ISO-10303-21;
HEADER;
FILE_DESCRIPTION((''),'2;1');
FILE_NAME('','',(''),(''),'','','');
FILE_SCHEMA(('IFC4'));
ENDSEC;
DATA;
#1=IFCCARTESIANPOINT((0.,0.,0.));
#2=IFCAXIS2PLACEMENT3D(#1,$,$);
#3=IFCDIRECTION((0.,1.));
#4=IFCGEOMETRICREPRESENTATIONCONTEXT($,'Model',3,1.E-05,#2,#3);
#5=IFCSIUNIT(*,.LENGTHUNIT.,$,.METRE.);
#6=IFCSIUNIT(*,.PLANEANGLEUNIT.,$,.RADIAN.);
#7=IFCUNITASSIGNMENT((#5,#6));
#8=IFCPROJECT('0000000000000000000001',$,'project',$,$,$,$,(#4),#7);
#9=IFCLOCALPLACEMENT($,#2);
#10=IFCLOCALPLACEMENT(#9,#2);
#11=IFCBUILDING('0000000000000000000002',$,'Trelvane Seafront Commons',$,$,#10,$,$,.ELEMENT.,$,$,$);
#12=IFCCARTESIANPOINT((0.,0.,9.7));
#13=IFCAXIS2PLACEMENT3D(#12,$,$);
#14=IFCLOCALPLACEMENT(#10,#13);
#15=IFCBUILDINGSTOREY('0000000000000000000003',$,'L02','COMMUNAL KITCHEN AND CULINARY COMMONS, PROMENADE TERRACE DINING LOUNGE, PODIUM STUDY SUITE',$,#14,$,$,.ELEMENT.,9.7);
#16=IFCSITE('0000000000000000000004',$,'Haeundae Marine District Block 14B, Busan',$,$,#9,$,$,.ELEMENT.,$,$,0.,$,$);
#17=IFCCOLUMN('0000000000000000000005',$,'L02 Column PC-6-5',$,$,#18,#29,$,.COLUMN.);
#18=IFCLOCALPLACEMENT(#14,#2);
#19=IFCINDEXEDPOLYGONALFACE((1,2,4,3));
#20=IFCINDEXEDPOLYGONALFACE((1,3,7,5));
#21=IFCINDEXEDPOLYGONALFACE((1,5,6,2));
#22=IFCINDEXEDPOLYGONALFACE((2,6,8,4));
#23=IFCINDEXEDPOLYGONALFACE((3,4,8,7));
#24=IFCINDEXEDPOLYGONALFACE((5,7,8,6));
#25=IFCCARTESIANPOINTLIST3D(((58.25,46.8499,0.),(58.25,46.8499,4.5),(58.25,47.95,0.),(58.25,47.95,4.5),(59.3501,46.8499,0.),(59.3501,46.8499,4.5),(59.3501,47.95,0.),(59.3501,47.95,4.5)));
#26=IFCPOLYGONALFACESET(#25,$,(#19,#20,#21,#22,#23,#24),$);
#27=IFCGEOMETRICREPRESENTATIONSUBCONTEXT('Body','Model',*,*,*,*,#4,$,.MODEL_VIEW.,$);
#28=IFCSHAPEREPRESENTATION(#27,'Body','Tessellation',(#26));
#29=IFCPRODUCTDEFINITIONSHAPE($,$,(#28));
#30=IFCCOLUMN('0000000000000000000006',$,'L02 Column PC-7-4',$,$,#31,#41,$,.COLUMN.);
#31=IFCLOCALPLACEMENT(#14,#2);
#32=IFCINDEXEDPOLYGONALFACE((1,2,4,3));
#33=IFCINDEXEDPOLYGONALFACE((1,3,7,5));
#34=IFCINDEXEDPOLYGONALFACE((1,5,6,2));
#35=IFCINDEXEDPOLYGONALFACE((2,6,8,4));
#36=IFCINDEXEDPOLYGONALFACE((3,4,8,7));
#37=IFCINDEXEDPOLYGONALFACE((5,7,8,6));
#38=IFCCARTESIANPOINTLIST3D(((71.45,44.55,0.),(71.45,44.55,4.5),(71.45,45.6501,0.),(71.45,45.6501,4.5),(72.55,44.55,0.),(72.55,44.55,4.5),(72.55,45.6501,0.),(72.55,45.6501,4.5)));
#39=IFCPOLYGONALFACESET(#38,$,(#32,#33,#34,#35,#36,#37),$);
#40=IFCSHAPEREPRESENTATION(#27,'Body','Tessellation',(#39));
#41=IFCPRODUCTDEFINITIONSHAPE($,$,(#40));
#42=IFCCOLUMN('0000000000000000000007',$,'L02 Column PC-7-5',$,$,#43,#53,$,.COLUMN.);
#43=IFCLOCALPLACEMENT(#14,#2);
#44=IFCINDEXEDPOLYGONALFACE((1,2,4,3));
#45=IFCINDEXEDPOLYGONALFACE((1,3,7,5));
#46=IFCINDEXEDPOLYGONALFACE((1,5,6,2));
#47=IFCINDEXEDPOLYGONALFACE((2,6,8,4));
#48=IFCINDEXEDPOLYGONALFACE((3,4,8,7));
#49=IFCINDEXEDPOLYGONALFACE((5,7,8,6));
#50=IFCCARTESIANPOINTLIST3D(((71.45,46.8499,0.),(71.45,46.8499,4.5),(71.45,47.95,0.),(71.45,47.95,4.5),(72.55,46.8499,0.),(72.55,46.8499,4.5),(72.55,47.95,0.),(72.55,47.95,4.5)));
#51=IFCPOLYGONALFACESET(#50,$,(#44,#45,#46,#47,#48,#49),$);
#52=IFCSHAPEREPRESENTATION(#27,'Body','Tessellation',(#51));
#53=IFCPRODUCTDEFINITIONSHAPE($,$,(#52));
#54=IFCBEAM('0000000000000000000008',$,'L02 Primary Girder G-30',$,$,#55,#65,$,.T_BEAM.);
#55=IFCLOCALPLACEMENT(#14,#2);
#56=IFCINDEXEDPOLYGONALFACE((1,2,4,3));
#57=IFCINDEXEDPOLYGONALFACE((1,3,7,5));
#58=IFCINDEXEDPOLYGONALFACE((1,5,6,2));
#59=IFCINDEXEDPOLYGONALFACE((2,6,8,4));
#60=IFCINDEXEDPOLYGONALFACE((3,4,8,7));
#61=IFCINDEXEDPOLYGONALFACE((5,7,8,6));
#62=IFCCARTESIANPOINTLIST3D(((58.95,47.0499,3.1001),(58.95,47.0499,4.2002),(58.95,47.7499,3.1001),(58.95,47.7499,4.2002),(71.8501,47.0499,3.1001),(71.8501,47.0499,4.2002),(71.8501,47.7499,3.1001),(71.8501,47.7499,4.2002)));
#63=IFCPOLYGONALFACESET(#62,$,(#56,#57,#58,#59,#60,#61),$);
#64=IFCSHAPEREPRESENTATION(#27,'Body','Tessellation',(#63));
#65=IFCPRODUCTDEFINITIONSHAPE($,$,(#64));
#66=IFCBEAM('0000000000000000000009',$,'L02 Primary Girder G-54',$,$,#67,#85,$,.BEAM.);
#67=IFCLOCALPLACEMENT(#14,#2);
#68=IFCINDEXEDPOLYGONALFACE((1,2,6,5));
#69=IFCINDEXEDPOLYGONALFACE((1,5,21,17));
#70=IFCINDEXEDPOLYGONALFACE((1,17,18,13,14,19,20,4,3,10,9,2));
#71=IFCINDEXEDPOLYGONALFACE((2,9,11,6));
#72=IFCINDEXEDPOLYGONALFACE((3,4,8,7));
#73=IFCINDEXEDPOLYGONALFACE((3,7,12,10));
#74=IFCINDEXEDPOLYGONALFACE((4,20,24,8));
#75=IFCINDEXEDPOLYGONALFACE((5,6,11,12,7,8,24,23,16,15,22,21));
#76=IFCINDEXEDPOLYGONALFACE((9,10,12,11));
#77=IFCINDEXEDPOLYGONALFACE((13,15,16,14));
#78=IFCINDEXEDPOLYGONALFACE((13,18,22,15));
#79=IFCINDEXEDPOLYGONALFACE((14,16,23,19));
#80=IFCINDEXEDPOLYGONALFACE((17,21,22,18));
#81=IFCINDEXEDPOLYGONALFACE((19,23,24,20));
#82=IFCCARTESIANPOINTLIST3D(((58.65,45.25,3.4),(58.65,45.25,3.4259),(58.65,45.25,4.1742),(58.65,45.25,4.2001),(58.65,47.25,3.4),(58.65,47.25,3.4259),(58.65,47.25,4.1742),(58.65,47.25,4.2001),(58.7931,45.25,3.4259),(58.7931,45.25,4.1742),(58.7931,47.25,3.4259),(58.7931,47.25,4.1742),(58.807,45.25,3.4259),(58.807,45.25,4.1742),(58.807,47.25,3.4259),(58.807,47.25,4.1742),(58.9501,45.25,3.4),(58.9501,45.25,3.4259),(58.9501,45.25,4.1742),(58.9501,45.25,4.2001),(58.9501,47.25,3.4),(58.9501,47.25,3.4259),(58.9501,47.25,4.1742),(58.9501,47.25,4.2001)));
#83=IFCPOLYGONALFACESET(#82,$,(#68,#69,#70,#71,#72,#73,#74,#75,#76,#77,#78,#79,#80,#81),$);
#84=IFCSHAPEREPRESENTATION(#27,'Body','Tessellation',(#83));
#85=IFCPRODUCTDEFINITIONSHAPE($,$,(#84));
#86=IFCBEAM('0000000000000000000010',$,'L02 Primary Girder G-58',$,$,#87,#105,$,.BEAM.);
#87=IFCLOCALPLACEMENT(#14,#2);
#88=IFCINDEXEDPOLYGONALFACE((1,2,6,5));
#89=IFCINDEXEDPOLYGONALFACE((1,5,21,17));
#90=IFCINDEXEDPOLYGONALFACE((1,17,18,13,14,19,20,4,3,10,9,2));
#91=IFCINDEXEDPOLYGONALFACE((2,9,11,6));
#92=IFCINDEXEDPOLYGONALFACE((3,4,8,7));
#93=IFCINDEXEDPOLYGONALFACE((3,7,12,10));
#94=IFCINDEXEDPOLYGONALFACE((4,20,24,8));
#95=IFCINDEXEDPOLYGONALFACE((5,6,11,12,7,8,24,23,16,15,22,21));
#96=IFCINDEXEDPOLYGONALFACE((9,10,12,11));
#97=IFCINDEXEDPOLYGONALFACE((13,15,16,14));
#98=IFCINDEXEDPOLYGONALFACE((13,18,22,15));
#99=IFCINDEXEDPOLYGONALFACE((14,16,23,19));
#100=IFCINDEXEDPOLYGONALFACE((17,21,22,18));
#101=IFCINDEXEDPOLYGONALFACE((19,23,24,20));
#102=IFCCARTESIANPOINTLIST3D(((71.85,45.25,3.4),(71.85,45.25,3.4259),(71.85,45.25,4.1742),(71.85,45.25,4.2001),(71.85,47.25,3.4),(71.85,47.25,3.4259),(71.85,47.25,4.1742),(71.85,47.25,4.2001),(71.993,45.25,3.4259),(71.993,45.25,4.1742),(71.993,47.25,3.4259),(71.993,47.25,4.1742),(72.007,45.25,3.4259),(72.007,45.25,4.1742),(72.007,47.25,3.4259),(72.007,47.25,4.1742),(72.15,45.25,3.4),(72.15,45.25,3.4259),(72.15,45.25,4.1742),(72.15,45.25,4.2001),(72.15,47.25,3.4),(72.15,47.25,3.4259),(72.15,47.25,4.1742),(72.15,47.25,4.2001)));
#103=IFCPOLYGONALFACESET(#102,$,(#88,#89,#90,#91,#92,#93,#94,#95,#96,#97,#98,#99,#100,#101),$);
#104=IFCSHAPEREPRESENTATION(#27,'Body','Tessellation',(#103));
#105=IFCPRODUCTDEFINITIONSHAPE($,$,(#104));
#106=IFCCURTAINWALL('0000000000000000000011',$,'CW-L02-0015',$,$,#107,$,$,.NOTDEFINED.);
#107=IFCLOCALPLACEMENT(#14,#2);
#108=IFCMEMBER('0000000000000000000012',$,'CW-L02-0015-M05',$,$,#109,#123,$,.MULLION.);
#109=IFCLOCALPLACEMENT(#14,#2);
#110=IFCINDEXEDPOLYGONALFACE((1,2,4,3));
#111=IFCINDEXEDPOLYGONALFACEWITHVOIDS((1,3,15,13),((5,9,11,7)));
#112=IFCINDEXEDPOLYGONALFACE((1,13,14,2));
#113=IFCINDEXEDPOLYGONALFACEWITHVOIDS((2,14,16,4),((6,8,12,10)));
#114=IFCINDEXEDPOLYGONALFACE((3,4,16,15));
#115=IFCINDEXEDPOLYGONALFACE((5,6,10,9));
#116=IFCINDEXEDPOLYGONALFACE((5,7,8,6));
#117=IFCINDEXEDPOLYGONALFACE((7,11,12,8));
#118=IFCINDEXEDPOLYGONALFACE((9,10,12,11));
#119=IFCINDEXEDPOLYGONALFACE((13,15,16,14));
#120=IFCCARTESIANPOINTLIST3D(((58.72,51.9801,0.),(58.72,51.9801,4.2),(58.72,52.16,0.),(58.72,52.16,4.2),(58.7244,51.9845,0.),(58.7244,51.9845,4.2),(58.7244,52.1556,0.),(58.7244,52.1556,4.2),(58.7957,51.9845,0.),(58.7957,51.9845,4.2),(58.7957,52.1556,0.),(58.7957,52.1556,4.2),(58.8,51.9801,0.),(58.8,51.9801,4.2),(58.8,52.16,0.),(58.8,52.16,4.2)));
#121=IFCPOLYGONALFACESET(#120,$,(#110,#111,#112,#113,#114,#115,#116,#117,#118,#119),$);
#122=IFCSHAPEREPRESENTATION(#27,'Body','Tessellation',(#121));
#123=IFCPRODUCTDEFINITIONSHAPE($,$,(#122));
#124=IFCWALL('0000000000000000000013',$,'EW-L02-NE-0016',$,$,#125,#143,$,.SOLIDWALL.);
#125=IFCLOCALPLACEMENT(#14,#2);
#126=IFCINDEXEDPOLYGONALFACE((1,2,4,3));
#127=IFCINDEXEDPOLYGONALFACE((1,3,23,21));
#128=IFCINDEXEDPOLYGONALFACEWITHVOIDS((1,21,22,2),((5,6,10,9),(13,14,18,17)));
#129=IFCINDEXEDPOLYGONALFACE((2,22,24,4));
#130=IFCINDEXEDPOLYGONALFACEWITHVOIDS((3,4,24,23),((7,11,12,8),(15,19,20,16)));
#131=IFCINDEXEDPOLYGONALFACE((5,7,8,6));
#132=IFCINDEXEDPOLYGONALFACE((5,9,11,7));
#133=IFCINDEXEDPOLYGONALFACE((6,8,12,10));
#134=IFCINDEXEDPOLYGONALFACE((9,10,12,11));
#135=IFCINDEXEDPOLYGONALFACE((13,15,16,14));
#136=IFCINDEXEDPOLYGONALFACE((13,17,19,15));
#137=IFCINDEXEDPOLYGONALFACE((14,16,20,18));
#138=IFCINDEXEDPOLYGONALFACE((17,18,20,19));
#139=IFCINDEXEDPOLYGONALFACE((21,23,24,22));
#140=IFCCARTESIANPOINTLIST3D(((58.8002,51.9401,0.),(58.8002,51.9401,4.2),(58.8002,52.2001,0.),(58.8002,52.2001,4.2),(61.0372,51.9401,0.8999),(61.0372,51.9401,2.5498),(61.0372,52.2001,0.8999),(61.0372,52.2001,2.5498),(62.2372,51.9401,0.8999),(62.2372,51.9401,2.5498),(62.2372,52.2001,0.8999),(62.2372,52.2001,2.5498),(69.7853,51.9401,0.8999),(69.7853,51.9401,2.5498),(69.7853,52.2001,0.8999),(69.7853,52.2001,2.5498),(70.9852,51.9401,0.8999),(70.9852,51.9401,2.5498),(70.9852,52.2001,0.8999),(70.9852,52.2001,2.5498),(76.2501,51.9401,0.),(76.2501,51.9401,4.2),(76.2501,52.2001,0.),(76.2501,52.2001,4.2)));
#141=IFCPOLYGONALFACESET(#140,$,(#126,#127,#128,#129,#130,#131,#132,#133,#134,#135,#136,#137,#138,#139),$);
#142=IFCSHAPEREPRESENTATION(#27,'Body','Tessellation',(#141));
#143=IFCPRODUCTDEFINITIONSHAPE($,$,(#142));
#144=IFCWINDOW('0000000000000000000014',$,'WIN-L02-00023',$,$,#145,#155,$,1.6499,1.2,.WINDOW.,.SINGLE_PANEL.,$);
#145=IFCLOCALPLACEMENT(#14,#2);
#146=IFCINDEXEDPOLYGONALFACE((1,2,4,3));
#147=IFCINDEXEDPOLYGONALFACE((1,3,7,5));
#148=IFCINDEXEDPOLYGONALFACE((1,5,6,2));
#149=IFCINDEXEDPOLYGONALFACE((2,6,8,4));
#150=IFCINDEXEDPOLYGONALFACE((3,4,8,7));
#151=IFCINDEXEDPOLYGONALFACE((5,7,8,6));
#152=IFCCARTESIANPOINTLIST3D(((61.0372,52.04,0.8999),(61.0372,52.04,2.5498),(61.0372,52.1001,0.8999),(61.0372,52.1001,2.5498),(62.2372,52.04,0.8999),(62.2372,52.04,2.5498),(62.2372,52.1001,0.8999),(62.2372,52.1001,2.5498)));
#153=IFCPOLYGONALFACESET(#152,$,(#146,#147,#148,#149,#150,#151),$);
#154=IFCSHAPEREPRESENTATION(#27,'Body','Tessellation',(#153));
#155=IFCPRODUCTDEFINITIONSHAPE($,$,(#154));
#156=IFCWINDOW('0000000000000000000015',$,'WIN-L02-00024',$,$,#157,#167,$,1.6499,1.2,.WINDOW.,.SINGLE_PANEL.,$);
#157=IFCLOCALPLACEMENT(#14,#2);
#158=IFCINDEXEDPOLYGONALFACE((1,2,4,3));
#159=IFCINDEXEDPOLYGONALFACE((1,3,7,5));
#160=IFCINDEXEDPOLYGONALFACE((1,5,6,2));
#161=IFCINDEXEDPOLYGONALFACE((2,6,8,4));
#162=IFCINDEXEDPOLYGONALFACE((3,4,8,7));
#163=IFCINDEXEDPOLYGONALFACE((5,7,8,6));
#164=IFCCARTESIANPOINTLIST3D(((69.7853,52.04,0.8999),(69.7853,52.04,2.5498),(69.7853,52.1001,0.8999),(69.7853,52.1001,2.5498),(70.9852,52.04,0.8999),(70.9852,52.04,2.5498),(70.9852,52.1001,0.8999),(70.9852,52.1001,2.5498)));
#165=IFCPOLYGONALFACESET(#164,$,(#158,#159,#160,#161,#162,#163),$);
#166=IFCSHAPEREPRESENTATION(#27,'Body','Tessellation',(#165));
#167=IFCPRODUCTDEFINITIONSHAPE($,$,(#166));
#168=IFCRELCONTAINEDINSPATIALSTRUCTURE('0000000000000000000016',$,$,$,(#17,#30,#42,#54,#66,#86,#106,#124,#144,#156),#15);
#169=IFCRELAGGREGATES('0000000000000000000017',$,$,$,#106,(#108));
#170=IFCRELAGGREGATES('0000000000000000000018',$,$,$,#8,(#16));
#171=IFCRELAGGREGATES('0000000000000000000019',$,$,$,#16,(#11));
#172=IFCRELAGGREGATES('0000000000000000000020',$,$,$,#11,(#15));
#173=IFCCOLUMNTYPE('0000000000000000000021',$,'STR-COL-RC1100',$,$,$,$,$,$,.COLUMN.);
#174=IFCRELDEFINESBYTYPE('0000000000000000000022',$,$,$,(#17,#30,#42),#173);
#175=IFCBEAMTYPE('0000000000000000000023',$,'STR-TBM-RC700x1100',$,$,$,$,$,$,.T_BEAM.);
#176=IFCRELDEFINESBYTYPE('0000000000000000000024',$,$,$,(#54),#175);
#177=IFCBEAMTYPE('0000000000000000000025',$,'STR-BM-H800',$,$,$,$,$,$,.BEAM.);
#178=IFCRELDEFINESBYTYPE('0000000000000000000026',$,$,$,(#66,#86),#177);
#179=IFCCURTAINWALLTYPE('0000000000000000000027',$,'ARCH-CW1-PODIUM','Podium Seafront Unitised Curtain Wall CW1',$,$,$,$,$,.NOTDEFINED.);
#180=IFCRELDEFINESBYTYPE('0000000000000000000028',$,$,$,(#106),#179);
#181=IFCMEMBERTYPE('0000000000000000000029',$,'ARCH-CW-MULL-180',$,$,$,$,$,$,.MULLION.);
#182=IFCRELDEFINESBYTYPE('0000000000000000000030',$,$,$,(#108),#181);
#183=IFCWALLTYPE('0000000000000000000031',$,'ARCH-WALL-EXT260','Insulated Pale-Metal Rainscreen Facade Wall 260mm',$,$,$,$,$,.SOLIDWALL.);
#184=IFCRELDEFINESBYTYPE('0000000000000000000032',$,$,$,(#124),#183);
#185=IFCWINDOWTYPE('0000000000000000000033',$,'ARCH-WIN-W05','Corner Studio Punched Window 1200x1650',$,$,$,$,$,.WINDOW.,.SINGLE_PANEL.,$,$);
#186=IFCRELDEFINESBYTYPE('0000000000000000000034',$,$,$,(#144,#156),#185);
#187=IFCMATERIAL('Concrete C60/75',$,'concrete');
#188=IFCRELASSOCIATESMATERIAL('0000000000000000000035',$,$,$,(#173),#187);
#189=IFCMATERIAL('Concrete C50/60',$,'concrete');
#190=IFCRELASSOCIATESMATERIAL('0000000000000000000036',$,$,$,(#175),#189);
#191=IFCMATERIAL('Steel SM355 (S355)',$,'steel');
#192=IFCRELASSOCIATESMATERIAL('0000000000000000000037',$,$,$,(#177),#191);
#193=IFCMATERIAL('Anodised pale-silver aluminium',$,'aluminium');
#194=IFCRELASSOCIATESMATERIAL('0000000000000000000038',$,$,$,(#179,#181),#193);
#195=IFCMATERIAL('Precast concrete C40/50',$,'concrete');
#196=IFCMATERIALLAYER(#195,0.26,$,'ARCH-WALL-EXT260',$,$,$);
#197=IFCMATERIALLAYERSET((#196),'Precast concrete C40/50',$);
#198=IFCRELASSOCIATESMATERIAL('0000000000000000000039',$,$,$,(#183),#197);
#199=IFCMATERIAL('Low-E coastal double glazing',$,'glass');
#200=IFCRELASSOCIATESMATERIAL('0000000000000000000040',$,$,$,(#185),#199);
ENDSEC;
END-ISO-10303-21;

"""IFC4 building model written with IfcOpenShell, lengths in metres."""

from ifc_helpers import new_model, si_unit, direction, frame, frame_2d, origin, origin_2d, place, context, subcontext, project, spatial, rectangle, hollow_rectangle, i_section, extrude, source, transform, mapped, material, layer, layer_set, material_profile, profile_set, type_object, element, fill, aggregate, save


model = new_model("IFC4")

# Units and contexts
model_context = context("Model", 3, precision=1e-05, world=origin(), true_north=direction((0.0, 1.0)))
body_context = subcontext(model_context, "Body", "Model", "MODEL_VIEW")
ifc_project = project(units=[si_unit("LENGTHUNIT", "METRE"), si_unit("PLANEANGLEUNIT", "RADIAN")], contexts=[model_context])

# Site, building, storey
site_placement = place(None, origin())
site = spatial("IfcSite", under=ifc_project, at=site_placement, Name="Haeundae Marine District Block 14B, Busan", CompositionType="ELEMENT", RefElevation=0.0)
building_placement = place(site_placement, origin())
building = spatial("IfcBuilding", under=site, at=building_placement, Name="Trelvane Seafront Commons", CompositionType="ELEMENT")
storey_placement = place(building_placement, frame((0.0, 0.0, 9.7)))
storey = spatial("IfcBuildingStorey", under=building, at=storey_placement, Name="L02", Description="COMMUNAL KITCHEN AND CULINARY COMMONS, PROMENADE TERRACE DINING LOUNGE, PODIUM STUDY SUITE", CompositionType="ELEMENT", Elevation=9.7)

# Columns
ifc_material_1 = material(Name="Concrete C60/75", Category="concrete")
ifc_material_profile_1 = material_profile(ifc_material_1, rectangle(XDim=1.1001, YDim=1.1001, at=origin_2d()), Name="RC-1100x1100")
ifc_profile_set_1 = profile_set([ifc_material_profile_1], Name="Concrete C60/75")
column_type = type_object("IfcColumnType", Name="STR-COL-RC1100", PredefinedType="COLUMN", material=ifc_profile_set_1)
shared_shape_1 = source(origin(), body_context, "Body", "SweptSolid", [
    extrude(rectangle(XDim=1.1001, YDim=1.1001, at=origin_2d()), origin(), (0.0, 0.0, 1.0), 4.5),
])
for number, where, z_axis, x_axis, name in (
    (1, (58.8, 47.3999, 0.0), (0.0, 0.0, 1.0), (1.0, 0.0, 0.0), "L02 Column PC-6-5"),
    (2, (72.0, 45.1001, 0.0), (0.0, 0.0, 1.0), (1.0, 0.0, 0.0), "L02 Column PC-7-4"),
    (3, (72.0, 47.3999, 0.0), (0.0, 0.0, 1.0), (1.0, 0.0, 0.0), "L02 Column PC-7-5"),
):
    element("IfcColumn", number, at=place(storey_placement, frame(where, z_axis=z_axis, x_axis=x_axis)), inside=storey, type_object=column_type, Name=name, PredefinedType="COLUMN", context=body_context, shape_type="MappedRepresentation", body=[
        mapped(shared_shape_1, transform((0.0, 0.0, 0.0), x_axis=(1.0, 0.0, 0.0), y_axis=(0.0, 1.0, 0.0), z_axis=(0.0, 0.0, 1.0), scale=1.0)),
    ])

# Beams
ifc_material_2 = material(Name="Concrete C50/60", Category="concrete")
ifc_material_profile_2 = material_profile(ifc_material_2, rectangle(XDim=0.7, YDim=1.1001, at=origin_2d()), Name="RC-700x1100")
ifc_profile_set_2 = profile_set([ifc_material_profile_2], Name="Concrete C50/60")
beam_type_1 = type_object("IfcBeamType", Name="STR-TBM-RC700x1100", PredefinedType="T_BEAM", material=ifc_profile_set_2)
shared_shape_2 = source(origin(), body_context, "Body", "SweptSolid", [
    extrude(rectangle(XDim=0.7, YDim=1.1001, at=origin_2d()), origin(), (0.0, 0.0, 1.0), 12.9001),
])
beam_placement = place(storey_placement, frame((58.95, 47.3999, 3.6501), z_axis=(1.0, 0.0, 0.0), x_axis=(0.0, 1.0, 0.0)))
element("IfcBeam", 4, at=beam_placement, inside=storey, type_object=beam_type_1, Name="L02 Primary Girder G-30", PredefinedType="T_BEAM", context=body_context, shape_type="MappedRepresentation", body=[
    mapped(shared_shape_2, transform((0.0, 0.0, 0.0), x_axis=(1.0, 0.0, 0.0), y_axis=(0.0, 1.0, 0.0), z_axis=(0.0, 0.0, 1.0), scale=1.0)),
])
ifc_material_3 = material(Name="Steel SM355 (S355)", Category="steel")
ifc_material_profile_3 = material_profile(ifc_material_3, i_section(OverallWidth=0.3, OverallDepth=0.8, WebThickness=0.0139, FlangeThickness=0.0259, at=origin_2d()), Name="H-800x300x14x26")
ifc_profile_set_3 = profile_set([ifc_material_profile_3], Name="Steel SM355 (S355)")
beam_type_2 = type_object("IfcBeamType", Name="STR-BM-H800", PredefinedType="BEAM", material=ifc_profile_set_3)
shared_shape_3 = source(origin(), body_context, "Body", "SweptSolid", [
    extrude(i_section(OverallWidth=0.3, OverallDepth=0.8, WebThickness=0.0139, FlangeThickness=0.0259, at=origin_2d()), origin(), (0.0, 0.0, 1.0), 2.0),
])
for number, where, z_axis, x_axis, name in (
    (5, (58.8, 45.25, 3.8), (0.0, 1.0, 0.0), (-1.0, 0.0, 0.0), "L02 Primary Girder G-54"),
    (6, (72.0, 45.25, 3.8), (0.0, 1.0, 0.0), (-1.0, 0.0, 0.0), "L02 Primary Girder G-58"),
):
    element("IfcBeam", number, at=place(storey_placement, frame(where, z_axis=z_axis, x_axis=x_axis)), inside=storey, type_object=beam_type_2, Name=name, PredefinedType="BEAM", context=body_context, shape_type="MappedRepresentation", body=[
        mapped(shared_shape_3, transform((0.0, 0.0, 0.0), x_axis=(1.0, 0.0, 0.0), y_axis=(0.0, 1.0, 0.0), z_axis=(0.0, 0.0, 1.0), scale=1.0)),
    ])

# Curtain wall, member
ifc_material_4 = material(Name="Anodised pale-silver aluminium", Category="aluminium")
curtain_wall_type = type_object("IfcCurtainWallType", Name="ARCH-CW1-PODIUM", Description="Podium Seafront Unitised Curtain Wall CW1", PredefinedType="NOTDEFINED", material=ifc_material_4)
curtain_wall_placement = place(storey_placement, origin())
curtain_wall = element("IfcCurtainWall", 7, at=curtain_wall_placement, inside=storey, type_object=curtain_wall_type, Name="CW-L02-0015", PredefinedType="NOTDEFINED")
ifc_material_profile_4 = material_profile(ifc_material_4, hollow_rectangle(XDim=0.0801, YDim=0.1799, WallThickness=0.0044, at=origin_2d()), Name="MULL-80x180x4.5")
ifc_profile_set_4 = profile_set([ifc_material_profile_4], Name="Anodised pale-silver aluminium")
member_type = type_object("IfcMemberType", Name="ARCH-CW-MULL-180", PredefinedType="MULLION", material=ifc_profile_set_4)
shared_shape_4 = source(origin(), body_context, "Body", "SweptSolid", [
    extrude(hollow_rectangle(XDim=0.0801, YDim=0.1799, WallThickness=0.0044, at=origin_2d()), origin(), (0.0, 0.0, 1.0), 4.2),
])
member_placement = place(storey_placement, frame((58.76, 52.0701, 0.0), z_axis=(0.0, 0.0, 1.0), x_axis=(1.0, 0.0, 0.0)))
member = element("IfcMember", 8, at=member_placement, type_object=member_type, Name="CW-L02-0015-M05", PredefinedType="MULLION", context=body_context, shape_type="MappedRepresentation", body=[
    mapped(shared_shape_4, transform((0.0, 0.0, 0.0), x_axis=(1.0, 0.0, 0.0), y_axis=(0.0, 1.0, 0.0), z_axis=(0.0, 0.0, 1.0), scale=1.0)),
])
aggregate(curtain_wall, [member])

# Wall, openings, windows
ifc_material_5 = material(Name="Precast concrete C40/50", Category="concrete")
ifc_layer_1 = layer(ifc_material_5, 0.26, Name="ARCH-WALL-EXT260")
ifc_layer_set_1 = layer_set([ifc_layer_1], Name="Precast concrete C40/50")
wall_type_1 = type_object("IfcWallType", Name="ARCH-WALL-EXT260", Description="Insulated Pale-Metal Rainscreen Facade Wall 260mm", PredefinedType="SOLIDWALL", material=ifc_layer_set_1)
wall_1_placement = place(storey_placement, frame((58.8, 52.0701, 0.0), z_axis=(0.0, 0.0, 1.0), x_axis=(1.0, 0.0, 0.0)))
wall_1 = element("IfcWall", 9, at=wall_1_placement, inside=storey, type_object=wall_type_1, Name="EW-L02-NE-0016", PredefinedType="SOLIDWALL", context=body_context, shape_type="SweptSolid", body=[
    extrude(rectangle(XDim=17.45, YDim=0.26, at=frame_2d((8.7251, 0.0))), origin(), (0.0, 0.0, 1.0), 4.2),
])
opening_1_placement = place(wall_1_placement, frame((2.2371, 0.0, 0.8999)))
opening_1 = element("IfcOpeningElement", 10, at=opening_1_placement, cuts=wall_1, PredefinedType="OPENING", context=body_context, shape_type="SweptSolid", body=[
    extrude(rectangle(XDim=1.2, YDim=1.6499, at=frame_2d((0.6001, 0.825))), frame((0.0, 0.1399, 0.0), z_axis=(0.0, -1.0, 0.0), x_axis=(1.0, 0.0, 0.0)), (0.0, 0.0, 1.0), 0.28),
])
opening_2_placement = place(wall_1_placement, frame((10.9851, 0.0, 0.8999)))
opening_2 = element("IfcOpeningElement", 11, at=opening_2_placement, cuts=wall_1, PredefinedType="OPENING", context=body_context, shape_type="SweptSolid", body=[
    extrude(rectangle(XDim=1.2, YDim=1.6499, at=frame_2d((0.6001, 0.825))), frame((0.0, 0.1399, 0.0), z_axis=(0.0, -1.0, 0.0), x_axis=(1.0, 0.0, 0.0)), (0.0, 0.0, 1.0), 0.28),
])
ifc_material_6 = material(Name="Low-E coastal double glazing", Category="glass")
window_type_1 = type_object("IfcWindowType", Name="ARCH-WIN-W05", Description="Corner Studio Punched Window 1200x1650", PartitioningType="SINGLE_PANEL", PredefinedType="WINDOW", material=ifc_material_6)
shared_shape_5 = source(origin(), body_context, "Body", "SweptSolid", [
    extrude(rectangle(XDim=1.2, YDim=1.6499, at=frame_2d((0.6001, 0.825))), frame((0.0, 0.03, 0.0), z_axis=(0.0, -1.0, 0.0), x_axis=(1.0, 0.0, 0.0)), (0.0, 0.0, 1.0), 0.0601),
])
window_1_placement = place(opening_1_placement, origin())
window_1 = element("IfcWindow", 12, at=window_1_placement, inside=storey, type_object=window_type_1, Name="WIN-L02-00023", OverallHeight=1.6499, OverallWidth=1.2, PartitioningType="SINGLE_PANEL", PredefinedType="WINDOW", context=body_context, shape_type="MappedRepresentation", body=[
    mapped(shared_shape_5, transform((0.0, 0.0, 0.0), x_axis=(1.0, 0.0, 0.0), y_axis=(0.0, 1.0, 0.0), z_axis=(0.0, 0.0, 1.0), scale=1.0)),
])
fill(opening_1, window_1)
window_2_placement = place(opening_2_placement, origin())
window_2 = element("IfcWindow", 13, at=window_2_placement, inside=storey, type_object=window_type_1, Name="WIN-L02-00024", OverallHeight=1.6499, OverallWidth=1.2, PartitioningType="SINGLE_PANEL", PredefinedType="WINDOW", context=body_context, shape_type="MappedRepresentation", body=[
    mapped(shared_shape_5, transform((0.0, 0.0, 0.0), x_axis=(1.0, 0.0, 0.0), y_axis=(0.0, 1.0, 0.0), z_axis=(0.0, 0.0, 1.0), scale=1.0)),
])
fill(opening_2, window_2)

save(model, "model.ifc")
